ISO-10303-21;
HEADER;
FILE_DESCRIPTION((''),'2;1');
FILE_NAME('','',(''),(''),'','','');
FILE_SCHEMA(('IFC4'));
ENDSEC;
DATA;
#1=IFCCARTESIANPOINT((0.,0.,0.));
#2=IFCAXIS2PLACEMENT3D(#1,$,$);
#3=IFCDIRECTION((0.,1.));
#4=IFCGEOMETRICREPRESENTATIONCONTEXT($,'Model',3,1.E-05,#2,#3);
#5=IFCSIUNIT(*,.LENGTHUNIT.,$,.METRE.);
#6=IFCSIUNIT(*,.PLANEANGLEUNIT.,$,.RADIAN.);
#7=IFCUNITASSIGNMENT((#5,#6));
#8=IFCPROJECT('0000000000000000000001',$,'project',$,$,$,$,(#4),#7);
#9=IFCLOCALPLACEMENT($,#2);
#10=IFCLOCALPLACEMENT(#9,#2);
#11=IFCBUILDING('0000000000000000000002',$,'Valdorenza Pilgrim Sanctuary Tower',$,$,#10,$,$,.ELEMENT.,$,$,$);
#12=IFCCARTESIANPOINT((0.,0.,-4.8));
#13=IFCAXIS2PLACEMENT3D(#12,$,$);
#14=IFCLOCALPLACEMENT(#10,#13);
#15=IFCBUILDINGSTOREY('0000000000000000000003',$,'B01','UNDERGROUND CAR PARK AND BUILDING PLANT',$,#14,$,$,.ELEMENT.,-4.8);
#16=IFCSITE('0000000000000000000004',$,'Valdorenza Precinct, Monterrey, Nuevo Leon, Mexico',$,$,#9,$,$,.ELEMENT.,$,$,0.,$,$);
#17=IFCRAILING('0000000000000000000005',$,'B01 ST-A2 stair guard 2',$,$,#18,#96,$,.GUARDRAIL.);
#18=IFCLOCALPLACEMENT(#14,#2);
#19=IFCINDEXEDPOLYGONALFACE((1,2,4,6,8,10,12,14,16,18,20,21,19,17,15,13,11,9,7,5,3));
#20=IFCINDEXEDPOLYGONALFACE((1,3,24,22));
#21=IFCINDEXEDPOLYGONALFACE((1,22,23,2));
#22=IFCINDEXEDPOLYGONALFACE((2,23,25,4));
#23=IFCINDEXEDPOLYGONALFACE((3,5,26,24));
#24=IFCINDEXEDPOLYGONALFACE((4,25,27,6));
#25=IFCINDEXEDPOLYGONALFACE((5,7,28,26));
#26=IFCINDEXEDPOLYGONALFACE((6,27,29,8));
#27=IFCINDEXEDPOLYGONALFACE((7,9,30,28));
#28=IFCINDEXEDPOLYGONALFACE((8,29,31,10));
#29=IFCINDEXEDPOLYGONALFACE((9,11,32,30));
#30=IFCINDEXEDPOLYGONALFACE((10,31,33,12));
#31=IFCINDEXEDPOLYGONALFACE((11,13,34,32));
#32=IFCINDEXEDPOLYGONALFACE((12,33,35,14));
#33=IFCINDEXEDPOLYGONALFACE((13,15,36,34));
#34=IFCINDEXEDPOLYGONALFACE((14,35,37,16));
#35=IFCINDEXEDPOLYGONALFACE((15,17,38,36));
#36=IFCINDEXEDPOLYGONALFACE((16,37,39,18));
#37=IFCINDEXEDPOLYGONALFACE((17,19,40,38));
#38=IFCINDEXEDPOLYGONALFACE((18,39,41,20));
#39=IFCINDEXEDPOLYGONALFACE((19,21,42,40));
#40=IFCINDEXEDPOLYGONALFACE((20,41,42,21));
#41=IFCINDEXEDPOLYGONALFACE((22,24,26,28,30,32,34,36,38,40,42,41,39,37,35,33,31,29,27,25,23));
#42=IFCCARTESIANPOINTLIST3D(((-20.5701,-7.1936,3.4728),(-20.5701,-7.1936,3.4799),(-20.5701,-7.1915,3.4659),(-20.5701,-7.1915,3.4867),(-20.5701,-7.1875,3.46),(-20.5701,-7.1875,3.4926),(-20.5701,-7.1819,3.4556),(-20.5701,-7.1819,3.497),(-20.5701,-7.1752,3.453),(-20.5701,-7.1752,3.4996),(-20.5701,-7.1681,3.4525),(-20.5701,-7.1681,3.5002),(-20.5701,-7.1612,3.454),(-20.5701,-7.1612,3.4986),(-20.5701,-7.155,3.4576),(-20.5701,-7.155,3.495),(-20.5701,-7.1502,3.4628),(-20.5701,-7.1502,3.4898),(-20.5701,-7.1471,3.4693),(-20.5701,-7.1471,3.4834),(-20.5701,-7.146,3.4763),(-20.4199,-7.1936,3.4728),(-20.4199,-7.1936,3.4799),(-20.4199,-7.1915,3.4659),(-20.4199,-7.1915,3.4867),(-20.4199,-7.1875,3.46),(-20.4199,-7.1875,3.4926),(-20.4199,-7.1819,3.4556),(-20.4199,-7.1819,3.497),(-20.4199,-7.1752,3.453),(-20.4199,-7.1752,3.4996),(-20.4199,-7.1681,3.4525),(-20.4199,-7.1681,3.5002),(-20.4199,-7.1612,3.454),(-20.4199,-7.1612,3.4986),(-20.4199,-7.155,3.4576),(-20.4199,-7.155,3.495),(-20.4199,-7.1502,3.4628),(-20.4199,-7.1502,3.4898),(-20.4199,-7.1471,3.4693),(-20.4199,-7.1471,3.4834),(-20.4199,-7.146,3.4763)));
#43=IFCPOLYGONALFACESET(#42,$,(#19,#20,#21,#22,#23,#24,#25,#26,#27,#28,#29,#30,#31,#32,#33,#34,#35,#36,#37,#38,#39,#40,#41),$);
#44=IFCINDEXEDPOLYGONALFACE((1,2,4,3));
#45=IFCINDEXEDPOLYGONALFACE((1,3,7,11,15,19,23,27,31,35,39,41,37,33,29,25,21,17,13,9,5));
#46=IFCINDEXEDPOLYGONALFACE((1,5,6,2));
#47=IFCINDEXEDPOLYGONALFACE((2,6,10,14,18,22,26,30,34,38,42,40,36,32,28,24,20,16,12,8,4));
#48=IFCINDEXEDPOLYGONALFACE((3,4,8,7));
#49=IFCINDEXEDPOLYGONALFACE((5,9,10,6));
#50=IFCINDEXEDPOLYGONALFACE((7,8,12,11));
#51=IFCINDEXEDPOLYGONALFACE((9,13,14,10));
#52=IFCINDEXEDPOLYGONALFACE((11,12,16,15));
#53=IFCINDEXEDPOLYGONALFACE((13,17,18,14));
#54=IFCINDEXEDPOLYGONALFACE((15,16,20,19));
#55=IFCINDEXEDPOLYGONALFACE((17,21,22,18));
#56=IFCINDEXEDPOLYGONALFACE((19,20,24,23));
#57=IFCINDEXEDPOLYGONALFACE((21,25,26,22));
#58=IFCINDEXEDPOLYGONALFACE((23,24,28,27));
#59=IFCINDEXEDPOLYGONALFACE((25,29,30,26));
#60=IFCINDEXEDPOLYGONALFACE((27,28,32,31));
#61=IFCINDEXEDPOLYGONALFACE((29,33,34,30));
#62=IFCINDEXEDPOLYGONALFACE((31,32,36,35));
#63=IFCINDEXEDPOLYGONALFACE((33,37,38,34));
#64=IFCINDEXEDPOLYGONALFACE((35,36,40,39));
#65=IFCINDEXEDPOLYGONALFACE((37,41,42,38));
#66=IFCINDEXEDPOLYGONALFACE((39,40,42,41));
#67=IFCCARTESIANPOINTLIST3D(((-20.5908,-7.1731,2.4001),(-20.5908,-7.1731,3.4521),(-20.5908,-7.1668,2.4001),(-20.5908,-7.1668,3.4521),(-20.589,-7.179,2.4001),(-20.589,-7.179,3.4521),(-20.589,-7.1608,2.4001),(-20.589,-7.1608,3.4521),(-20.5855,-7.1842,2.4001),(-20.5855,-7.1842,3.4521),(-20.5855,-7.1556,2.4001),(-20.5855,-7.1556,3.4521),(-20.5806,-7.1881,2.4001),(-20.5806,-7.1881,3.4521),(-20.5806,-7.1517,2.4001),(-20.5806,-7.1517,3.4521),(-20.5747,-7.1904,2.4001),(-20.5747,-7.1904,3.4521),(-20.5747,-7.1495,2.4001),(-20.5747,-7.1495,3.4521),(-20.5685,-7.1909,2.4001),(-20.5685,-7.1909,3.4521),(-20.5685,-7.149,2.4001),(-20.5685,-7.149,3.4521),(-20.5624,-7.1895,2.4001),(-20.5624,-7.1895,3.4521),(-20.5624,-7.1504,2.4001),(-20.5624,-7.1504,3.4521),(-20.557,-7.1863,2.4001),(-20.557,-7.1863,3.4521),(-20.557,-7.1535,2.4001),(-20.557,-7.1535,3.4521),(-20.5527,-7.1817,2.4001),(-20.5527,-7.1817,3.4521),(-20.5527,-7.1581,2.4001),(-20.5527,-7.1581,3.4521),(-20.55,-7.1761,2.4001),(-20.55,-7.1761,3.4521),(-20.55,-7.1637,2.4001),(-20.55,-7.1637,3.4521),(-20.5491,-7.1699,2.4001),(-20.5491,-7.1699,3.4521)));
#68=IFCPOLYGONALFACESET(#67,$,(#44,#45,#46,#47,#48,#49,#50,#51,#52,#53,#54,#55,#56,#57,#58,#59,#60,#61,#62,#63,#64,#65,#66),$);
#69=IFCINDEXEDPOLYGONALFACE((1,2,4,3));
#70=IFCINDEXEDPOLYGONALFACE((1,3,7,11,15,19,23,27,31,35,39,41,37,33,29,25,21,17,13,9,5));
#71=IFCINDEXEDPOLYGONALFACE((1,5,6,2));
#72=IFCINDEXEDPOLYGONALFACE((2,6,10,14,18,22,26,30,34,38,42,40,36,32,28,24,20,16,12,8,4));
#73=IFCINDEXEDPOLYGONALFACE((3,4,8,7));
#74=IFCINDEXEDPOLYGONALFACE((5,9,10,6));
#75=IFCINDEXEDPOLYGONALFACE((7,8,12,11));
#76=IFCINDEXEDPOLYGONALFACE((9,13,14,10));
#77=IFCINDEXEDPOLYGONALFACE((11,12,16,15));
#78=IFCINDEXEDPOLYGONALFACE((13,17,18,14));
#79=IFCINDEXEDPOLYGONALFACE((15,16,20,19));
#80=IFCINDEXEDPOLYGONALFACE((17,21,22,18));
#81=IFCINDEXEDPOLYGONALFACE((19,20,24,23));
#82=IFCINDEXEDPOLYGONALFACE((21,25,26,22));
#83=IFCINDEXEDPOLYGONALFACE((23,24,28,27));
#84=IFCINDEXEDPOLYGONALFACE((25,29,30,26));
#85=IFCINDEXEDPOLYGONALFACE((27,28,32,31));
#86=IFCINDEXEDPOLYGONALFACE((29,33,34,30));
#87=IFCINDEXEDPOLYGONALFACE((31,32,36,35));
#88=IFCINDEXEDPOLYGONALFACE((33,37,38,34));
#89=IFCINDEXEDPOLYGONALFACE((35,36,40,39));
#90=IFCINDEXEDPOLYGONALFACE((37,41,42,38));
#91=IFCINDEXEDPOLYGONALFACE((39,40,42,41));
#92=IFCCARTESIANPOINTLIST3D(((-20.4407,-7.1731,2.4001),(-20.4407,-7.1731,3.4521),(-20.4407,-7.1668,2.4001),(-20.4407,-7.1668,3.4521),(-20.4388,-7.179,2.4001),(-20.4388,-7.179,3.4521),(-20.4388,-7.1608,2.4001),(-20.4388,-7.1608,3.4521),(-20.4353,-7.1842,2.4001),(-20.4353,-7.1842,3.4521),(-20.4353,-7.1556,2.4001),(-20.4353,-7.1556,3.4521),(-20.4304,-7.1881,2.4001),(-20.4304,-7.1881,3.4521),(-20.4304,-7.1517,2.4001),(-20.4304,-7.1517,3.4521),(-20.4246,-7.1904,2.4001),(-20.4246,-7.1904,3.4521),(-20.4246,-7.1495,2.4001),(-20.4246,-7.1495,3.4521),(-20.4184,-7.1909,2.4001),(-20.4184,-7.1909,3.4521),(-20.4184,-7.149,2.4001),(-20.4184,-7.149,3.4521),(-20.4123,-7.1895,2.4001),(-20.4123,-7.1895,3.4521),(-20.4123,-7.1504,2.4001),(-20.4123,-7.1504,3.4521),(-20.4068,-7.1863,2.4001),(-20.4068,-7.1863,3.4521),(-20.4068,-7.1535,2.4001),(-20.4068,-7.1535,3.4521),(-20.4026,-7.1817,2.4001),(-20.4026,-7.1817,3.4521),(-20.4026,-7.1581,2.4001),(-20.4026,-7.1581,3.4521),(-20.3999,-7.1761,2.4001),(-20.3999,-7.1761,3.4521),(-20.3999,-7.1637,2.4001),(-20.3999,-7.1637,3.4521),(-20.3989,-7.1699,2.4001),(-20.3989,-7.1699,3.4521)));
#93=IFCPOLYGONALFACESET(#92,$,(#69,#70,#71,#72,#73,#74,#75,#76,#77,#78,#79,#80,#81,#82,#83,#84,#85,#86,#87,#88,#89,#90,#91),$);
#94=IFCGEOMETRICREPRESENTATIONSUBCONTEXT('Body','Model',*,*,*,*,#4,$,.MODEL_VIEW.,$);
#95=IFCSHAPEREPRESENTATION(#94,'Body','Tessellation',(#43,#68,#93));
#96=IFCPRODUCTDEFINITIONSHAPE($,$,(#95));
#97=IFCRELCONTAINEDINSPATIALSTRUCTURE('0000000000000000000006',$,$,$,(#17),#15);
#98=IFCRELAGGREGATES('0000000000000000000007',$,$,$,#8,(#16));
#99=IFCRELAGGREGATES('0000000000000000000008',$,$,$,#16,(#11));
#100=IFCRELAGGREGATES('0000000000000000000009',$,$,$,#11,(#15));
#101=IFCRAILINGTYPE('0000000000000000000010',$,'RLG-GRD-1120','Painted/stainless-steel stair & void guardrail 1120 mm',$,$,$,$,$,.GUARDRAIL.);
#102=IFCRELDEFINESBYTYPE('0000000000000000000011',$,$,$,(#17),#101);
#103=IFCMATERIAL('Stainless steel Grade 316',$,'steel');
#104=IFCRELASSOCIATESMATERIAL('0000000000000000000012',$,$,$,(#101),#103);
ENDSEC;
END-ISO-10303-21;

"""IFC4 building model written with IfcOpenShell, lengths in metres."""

from ifc_helpers import new_model, si_unit, direction, frame, origin, origin_2d, place, context, subcontext, project, spatial, circle, extrude, material, type_object, element, save


model = new_model("IFC4")

# Units and contexts
model_context = context("Model", 3, precision=1e-05, world=origin(), true_north=direction((0.0, 1.0)))
body_context = subcontext(model_context, "Body", "Model", "MODEL_VIEW")
ifc_project = project(units=[si_unit("LENGTHUNIT", "METRE"), si_unit("PLANEANGLEUNIT", "RADIAN")], contexts=[model_context])

# Site, building, storey
site_placement = place(None, origin())
site = spatial("IfcSite", under=ifc_project, at=site_placement, Name="Valdorenza Precinct, Monterrey, Nuevo Leon, Mexico", CompositionType="ELEMENT", RefElevation=0.0)
building_placement = place(site_placement, origin())
building = spatial("IfcBuilding", under=site, at=building_placement, Name="Valdorenza Pilgrim Sanctuary Tower", CompositionType="ELEMENT")
storey_placement = place(building_placement, frame((0.0, 0.0, -4.8)))
storey = spatial("IfcBuildingStorey", under=building, at=storey_placement, Name="B01", Description="UNDERGROUND CAR PARK AND BUILDING PLANT", CompositionType="ELEMENT", Elevation=-4.8)

# Railing
ifc_material_1 = material(Name="Stainless steel Grade 316", Category="steel")
railing_type_1 = type_object("IfcRailingType", Name="RLG-GRD-1120", Description="Painted/stainless-steel stair & void guardrail 1120 mm", PredefinedType="GUARDRAIL", material=ifc_material_1)
railing_1_placement = place(storey_placement, frame((-20.5701, -7.1699, 2.4001)))
element("IfcRailing", 1, at=railing_1_placement, inside=storey, type_object=railing_type_1, Name="B01 ST-A2 stair guard 2", PredefinedType="GUARDRAIL", context=body_context, shape_type="SweptSolid", body=[
    extrude(circle(Radius=0.0239, at=origin_2d()), frame((0.0, 0.0, 1.0762), z_axis=(1.0, 0.0, 0.0), x_axis=(0.0, 1.0, 0.0)), (0.0, 0.0, 1.0), 0.1501),
    extrude(circle(Radius=0.021, at=origin_2d()), origin(), (0.0, 0.0, 1.0), 1.052),
    extrude(circle(Radius=0.021, at=origin_2d()), frame((0.1501, 0.0, 0.0)), (0.0, 0.0, 1.0), 1.052),
])

save(model, "model.ifc")
